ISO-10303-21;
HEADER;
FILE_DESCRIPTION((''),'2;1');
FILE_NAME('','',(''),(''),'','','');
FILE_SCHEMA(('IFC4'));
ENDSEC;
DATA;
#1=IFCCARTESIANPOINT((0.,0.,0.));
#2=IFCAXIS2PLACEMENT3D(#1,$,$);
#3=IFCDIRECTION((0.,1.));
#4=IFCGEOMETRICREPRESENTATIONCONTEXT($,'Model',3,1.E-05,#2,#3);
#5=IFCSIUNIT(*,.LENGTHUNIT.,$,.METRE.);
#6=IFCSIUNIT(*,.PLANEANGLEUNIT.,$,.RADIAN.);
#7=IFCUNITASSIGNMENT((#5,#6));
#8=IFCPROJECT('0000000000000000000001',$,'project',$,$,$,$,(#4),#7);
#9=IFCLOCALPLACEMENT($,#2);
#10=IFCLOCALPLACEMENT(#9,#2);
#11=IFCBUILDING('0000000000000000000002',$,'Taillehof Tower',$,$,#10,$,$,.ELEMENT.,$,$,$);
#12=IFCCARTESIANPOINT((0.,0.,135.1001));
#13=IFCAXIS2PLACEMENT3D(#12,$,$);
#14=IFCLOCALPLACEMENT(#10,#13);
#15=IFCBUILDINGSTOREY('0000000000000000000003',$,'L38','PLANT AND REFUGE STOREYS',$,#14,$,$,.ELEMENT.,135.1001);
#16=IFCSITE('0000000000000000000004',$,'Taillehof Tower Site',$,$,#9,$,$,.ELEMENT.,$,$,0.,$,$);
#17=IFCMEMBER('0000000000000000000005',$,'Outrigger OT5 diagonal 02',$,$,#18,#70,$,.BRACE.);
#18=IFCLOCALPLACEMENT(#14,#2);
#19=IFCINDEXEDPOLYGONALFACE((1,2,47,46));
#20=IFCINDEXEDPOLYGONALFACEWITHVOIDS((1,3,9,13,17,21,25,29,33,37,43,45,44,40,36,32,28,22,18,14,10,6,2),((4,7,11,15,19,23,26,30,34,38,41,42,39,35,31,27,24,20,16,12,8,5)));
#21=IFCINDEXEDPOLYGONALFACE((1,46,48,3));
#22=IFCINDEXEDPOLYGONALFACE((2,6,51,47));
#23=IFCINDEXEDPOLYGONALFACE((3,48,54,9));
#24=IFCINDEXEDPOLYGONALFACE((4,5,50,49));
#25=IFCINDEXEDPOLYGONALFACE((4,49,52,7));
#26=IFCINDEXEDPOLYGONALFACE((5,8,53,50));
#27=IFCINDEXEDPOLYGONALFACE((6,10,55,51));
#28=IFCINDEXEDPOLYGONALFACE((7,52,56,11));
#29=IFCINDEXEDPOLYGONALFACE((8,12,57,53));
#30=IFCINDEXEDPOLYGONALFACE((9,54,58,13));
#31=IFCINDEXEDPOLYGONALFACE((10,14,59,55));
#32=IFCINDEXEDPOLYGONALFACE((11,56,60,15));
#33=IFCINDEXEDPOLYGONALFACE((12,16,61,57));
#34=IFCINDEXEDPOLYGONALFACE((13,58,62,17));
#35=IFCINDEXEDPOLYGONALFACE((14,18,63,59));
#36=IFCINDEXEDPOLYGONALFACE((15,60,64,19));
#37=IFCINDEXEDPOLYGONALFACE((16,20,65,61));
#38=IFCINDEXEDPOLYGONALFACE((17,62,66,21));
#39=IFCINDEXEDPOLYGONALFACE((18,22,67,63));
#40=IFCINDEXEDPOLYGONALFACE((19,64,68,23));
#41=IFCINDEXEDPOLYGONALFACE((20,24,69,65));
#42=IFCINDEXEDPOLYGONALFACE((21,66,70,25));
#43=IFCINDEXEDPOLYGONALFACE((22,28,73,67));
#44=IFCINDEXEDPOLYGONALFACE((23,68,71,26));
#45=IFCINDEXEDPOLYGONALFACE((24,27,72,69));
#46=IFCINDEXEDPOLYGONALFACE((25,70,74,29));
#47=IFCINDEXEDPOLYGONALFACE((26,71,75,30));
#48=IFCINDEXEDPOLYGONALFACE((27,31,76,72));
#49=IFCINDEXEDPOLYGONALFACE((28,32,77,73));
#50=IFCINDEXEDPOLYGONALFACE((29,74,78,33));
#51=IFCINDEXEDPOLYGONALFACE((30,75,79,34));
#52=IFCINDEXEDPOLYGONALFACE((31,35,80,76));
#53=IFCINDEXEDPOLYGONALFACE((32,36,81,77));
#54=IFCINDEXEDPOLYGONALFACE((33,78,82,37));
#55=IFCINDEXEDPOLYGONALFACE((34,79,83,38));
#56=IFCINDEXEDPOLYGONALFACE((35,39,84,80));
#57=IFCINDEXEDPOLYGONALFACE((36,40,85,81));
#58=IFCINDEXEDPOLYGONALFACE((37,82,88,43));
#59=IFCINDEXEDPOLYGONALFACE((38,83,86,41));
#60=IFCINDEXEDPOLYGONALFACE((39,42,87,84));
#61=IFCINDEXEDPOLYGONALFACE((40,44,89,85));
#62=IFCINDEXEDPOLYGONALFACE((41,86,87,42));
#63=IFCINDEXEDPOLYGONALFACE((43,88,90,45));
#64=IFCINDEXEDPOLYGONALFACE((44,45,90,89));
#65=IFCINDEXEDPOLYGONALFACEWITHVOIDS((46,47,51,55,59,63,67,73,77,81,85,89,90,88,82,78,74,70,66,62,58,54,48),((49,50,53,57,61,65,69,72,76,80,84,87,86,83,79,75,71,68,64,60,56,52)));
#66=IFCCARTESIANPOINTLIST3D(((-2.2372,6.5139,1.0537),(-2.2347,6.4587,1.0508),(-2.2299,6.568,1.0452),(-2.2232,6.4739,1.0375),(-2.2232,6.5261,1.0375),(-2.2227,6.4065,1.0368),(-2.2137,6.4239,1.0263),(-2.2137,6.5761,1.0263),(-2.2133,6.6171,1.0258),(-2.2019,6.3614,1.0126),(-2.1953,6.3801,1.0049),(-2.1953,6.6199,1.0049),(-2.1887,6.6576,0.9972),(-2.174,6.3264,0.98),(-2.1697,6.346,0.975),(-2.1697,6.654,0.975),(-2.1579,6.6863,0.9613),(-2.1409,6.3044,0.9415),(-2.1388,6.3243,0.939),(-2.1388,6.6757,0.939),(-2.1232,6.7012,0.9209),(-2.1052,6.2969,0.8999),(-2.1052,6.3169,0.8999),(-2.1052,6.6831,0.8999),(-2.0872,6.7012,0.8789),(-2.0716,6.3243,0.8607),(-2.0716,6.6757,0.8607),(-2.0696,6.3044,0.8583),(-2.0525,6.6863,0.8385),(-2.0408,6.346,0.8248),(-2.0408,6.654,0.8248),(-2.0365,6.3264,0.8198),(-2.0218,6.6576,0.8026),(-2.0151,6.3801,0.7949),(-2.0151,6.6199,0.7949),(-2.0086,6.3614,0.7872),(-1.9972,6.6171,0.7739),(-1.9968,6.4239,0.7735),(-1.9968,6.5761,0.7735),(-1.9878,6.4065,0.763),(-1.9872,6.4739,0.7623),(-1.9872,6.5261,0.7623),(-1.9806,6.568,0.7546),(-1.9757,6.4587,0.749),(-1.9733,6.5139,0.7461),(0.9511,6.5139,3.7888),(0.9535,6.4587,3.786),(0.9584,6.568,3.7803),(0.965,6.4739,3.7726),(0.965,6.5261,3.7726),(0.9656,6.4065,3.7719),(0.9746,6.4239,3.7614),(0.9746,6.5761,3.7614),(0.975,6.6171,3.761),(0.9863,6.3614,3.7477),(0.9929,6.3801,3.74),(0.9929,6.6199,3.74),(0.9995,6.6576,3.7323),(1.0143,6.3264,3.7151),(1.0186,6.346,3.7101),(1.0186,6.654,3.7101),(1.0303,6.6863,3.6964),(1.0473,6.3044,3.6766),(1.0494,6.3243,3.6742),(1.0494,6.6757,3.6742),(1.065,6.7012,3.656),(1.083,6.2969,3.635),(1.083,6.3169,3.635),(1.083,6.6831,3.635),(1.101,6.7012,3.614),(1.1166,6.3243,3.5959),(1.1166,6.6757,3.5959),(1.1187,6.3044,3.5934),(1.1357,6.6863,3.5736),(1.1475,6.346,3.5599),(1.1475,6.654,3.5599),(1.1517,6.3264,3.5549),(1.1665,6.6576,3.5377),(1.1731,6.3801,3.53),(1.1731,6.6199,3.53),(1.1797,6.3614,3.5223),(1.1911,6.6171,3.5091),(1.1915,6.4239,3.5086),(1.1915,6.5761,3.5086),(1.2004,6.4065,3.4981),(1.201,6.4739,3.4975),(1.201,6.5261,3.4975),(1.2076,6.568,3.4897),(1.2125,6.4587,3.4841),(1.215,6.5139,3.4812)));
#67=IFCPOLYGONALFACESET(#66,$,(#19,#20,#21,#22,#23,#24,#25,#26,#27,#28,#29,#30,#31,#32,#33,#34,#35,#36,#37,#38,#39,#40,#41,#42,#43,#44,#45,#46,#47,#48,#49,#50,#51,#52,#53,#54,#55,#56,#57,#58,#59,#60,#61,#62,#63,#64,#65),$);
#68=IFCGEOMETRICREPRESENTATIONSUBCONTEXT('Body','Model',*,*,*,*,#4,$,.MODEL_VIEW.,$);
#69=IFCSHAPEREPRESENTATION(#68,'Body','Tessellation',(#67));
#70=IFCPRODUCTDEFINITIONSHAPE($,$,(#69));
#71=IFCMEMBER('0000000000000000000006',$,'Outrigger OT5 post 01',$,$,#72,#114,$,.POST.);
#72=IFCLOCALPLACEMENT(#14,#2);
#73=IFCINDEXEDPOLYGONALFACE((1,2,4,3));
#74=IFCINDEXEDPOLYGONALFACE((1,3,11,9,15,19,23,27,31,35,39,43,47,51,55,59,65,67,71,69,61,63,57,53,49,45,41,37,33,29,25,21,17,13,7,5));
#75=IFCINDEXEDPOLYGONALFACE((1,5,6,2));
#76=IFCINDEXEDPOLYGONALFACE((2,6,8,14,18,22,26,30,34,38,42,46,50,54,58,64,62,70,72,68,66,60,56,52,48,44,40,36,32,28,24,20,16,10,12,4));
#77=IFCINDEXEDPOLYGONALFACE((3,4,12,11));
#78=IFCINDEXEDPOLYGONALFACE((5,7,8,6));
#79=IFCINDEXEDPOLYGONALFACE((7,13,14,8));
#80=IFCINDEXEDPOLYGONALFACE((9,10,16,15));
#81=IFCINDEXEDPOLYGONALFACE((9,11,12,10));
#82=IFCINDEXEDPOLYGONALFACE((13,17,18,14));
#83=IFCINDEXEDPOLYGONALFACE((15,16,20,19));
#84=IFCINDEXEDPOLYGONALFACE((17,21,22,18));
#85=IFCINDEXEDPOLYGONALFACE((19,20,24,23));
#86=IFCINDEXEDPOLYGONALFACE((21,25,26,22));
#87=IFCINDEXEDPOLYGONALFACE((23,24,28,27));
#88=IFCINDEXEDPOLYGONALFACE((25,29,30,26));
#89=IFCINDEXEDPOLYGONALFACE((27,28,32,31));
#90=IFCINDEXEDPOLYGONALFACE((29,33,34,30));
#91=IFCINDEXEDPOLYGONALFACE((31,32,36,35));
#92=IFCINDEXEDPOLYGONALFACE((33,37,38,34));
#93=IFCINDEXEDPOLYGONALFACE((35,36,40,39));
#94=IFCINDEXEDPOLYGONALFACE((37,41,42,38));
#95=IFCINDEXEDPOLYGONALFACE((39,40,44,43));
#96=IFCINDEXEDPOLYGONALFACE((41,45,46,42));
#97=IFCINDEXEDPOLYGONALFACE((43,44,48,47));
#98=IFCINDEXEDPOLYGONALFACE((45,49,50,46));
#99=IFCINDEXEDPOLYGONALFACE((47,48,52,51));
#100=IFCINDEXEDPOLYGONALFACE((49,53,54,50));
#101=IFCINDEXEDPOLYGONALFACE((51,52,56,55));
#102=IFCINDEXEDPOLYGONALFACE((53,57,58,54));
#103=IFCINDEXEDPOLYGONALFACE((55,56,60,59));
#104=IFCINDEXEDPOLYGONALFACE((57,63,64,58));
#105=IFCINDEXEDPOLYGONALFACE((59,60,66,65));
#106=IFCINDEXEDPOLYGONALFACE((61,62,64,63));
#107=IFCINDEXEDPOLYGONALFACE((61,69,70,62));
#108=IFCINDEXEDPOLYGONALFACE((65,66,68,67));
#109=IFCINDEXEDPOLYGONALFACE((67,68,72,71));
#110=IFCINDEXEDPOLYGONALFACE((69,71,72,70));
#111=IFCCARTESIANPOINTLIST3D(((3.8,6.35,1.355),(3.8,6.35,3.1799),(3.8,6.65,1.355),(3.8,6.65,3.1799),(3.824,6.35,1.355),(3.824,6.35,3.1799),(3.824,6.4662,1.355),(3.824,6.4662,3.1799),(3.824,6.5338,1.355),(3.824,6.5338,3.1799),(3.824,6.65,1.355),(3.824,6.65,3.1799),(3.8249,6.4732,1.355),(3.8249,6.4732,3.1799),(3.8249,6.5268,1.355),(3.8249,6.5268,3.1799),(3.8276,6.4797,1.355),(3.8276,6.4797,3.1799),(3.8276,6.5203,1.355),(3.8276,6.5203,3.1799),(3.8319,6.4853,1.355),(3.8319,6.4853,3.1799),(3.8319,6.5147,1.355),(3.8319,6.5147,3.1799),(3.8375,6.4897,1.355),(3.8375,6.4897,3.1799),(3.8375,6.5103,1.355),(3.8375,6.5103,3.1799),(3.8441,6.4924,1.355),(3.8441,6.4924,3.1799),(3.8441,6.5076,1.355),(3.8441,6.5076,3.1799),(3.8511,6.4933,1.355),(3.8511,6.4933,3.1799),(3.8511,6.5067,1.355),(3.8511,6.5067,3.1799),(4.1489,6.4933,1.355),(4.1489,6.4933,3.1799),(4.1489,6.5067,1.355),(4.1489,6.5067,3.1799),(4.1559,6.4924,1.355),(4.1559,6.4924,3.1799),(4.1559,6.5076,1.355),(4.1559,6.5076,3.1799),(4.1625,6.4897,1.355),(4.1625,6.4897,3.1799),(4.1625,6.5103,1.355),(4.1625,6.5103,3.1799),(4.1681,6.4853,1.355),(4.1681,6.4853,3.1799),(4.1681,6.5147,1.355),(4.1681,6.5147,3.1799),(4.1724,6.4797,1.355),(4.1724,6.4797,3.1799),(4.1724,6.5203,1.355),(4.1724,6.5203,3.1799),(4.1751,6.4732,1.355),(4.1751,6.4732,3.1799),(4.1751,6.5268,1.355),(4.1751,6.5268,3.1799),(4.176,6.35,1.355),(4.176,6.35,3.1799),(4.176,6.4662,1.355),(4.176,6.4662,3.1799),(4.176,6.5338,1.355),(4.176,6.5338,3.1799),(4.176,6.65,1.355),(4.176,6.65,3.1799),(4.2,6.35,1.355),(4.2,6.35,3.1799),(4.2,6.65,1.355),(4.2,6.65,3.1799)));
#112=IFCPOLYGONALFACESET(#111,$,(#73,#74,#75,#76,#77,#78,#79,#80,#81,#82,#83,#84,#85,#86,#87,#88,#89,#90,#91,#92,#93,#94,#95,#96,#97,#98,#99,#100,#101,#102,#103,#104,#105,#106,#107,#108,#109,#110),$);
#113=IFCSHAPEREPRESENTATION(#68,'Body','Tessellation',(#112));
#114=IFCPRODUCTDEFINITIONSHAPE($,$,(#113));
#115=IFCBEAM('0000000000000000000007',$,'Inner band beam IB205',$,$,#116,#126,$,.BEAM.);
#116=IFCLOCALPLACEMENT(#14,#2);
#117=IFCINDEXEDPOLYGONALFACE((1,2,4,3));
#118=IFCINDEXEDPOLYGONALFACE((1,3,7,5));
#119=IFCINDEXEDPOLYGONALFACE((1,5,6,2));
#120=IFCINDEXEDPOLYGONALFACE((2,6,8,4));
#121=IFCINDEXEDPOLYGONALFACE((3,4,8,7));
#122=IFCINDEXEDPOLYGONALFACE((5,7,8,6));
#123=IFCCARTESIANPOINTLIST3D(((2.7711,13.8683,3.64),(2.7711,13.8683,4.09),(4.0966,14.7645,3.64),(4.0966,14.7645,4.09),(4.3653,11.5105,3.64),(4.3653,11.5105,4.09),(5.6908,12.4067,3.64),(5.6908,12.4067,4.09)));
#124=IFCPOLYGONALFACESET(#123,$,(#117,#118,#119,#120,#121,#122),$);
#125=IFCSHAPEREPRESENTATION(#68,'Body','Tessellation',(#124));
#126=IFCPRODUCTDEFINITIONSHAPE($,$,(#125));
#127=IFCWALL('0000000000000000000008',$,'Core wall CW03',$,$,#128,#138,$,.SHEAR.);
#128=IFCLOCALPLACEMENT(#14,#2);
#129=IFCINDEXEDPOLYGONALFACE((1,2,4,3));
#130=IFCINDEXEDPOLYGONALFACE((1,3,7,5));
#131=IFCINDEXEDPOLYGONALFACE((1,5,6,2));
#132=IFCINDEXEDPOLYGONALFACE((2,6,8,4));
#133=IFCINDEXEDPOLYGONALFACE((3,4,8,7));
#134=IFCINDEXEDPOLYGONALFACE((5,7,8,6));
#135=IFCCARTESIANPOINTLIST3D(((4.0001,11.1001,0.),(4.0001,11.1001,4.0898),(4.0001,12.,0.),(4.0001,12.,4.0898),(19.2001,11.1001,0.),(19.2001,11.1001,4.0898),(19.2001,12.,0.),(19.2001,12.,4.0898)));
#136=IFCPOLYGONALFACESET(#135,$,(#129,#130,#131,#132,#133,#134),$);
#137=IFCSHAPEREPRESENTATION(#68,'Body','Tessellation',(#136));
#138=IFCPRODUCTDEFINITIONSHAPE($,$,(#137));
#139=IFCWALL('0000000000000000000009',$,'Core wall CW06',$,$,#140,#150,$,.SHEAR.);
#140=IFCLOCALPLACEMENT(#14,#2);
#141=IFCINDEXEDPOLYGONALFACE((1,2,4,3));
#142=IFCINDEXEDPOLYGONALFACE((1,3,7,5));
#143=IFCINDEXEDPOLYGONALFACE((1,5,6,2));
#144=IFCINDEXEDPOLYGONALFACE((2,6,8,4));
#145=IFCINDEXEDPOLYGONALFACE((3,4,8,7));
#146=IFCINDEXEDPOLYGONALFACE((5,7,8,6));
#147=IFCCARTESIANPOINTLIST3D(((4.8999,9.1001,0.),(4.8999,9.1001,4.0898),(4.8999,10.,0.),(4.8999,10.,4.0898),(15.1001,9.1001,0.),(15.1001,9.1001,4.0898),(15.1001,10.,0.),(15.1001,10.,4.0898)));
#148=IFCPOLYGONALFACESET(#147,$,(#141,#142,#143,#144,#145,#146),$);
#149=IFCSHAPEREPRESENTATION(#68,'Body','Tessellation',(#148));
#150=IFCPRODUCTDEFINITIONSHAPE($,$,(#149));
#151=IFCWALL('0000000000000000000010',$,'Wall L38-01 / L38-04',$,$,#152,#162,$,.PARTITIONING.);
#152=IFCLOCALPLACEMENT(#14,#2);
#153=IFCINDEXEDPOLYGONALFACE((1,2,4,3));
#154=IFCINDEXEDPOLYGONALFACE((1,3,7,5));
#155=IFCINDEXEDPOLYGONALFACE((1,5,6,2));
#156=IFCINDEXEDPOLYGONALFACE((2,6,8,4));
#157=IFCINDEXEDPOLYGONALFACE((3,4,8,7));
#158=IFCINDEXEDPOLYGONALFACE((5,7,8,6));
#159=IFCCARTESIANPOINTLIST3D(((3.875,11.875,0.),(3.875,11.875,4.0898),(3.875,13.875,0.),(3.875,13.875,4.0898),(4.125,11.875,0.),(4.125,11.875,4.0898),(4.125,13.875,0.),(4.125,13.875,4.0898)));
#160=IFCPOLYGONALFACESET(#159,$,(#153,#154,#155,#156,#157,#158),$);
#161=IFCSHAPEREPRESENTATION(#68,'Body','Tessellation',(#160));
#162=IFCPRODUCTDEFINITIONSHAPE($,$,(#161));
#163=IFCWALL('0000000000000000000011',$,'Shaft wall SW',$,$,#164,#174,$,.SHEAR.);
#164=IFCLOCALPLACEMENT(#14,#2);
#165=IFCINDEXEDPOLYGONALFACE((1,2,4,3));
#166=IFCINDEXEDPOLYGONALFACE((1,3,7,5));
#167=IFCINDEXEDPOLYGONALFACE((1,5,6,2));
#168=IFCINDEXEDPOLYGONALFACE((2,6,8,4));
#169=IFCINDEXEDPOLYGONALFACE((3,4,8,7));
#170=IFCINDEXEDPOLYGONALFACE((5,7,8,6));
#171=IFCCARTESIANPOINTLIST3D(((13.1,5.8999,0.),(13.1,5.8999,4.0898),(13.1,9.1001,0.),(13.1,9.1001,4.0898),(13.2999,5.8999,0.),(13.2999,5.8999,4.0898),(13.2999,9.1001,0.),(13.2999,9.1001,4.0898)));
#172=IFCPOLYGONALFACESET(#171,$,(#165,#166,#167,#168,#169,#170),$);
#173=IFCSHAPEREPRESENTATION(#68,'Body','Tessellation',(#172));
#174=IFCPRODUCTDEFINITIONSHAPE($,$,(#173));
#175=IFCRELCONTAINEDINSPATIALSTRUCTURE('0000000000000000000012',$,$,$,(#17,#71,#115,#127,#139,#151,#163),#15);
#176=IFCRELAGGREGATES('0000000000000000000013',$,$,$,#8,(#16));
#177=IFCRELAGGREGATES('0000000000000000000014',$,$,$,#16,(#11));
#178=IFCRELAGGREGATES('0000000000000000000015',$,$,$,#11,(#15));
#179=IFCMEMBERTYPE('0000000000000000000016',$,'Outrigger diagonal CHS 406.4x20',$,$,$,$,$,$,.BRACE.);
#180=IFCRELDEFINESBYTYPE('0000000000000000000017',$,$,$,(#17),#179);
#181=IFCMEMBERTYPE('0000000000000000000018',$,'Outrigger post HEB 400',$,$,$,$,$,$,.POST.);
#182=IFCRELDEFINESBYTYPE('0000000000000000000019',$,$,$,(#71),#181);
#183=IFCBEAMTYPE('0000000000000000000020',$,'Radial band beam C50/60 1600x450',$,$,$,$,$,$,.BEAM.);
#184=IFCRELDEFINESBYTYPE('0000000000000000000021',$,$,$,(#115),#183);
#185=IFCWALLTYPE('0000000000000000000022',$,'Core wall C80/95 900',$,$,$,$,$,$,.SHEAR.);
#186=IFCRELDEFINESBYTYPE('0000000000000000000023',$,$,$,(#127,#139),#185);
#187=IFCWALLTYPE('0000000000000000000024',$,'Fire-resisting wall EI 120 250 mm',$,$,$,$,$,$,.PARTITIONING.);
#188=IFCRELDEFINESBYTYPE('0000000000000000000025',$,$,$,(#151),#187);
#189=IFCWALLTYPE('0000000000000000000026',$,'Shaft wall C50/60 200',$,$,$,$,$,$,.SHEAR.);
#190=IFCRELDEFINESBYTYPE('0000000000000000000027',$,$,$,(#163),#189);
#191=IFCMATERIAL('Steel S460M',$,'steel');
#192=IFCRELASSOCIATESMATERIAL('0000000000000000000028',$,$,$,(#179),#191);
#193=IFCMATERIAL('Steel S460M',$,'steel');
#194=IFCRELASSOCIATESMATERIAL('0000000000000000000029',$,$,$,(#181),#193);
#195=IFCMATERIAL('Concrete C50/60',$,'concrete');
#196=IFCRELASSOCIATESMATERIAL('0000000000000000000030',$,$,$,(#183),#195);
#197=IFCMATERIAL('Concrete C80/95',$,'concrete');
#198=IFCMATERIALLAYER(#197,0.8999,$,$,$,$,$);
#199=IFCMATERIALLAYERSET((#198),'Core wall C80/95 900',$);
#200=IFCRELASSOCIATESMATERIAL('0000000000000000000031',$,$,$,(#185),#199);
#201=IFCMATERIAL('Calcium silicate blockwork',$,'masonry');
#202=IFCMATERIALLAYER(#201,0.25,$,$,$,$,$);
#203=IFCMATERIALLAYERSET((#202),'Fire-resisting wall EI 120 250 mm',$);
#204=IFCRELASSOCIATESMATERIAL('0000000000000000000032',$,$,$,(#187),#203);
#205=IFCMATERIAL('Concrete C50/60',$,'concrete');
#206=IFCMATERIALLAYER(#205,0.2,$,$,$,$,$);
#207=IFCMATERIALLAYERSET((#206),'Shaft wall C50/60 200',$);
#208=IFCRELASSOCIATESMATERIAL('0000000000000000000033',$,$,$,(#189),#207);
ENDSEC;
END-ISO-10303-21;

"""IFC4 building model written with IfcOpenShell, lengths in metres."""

from ifc_helpers import new_model, si_unit, direction, frame, frame_2d, origin, origin_2d, place, context, subcontext, project, spatial, rectangle, hollow_circle, i_section, extrude, material, layer, layer_set, material_profile, profile_set, type_object, element, save


model = new_model("IFC4")

# Units and contexts
model_context = context("Model", 3, precision=1e-05, world=origin(), true_north=direction((0.0, 1.0)))
body_context = subcontext(model_context, "Body", "Model", "MODEL_VIEW")
ifc_project = project(units=[si_unit("LENGTHUNIT", "METRE"), si_unit("PLANEANGLEUNIT", "RADIAN")], contexts=[model_context])

# Site, building, storey
site_placement = place(None, origin())
site = spatial("IfcSite", under=ifc_project, at=site_placement, Name="Taillehof Tower Site", CompositionType="ELEMENT", RefElevation=0.0)
building_placement = place(site_placement, origin())
building = spatial("IfcBuilding", under=site, at=building_placement, Name="Taillehof Tower", CompositionType="ELEMENT")
storey_placement = place(building_placement, frame((0.0, 0.0, 135.1001)))
storey = spatial("IfcBuildingStorey", under=building, at=storey_placement, Name="L38", Description="PLANT AND REFUGE STOREYS", CompositionType="ELEMENT", Elevation=135.1001)

# Members
ifc_material_1 = material(Name="Steel S460M", Category="steel")
ifc_material_profile_1 = material_profile(ifc_material_1, hollow_circle(Radius=0.2031, WallThickness=0.02, at=origin_2d()), Name="CHS 406.4x20")
ifc_profile_set_1 = profile_set([ifc_material_profile_1], Name="Steel S460M")
member_type_1 = type_object("IfcMemberType", Name="Outrigger diagonal CHS 406.4x20", PredefinedType="BRACE", material=ifc_profile_set_1)
member_1_placement = place(storey_placement, frame((1.083, 6.5, 3.635), z_axis=(-0.758982, 0.0, -0.651112), x_axis=(0.0, -1.0, 0.0)))
element("IfcMember", 1, at=member_1_placement, inside=storey, type_object=member_type_1, Name="Outrigger OT5 diagonal 02", PredefinedType="BRACE", context=body_context, shape_type="SweptSolid", body=[
    extrude(hollow_circle(Radius=0.2031, WallThickness=0.02, at=origin_2d()), origin(), (0.0, 0.0, 1.0), 4.2007),
])
ifc_material_2 = material(Name="Steel S460M", Category="steel")
ifc_material_profile_2 = material_profile(ifc_material_2, i_section(OverallWidth=0.3, OverallDepth=0.3999, WebThickness=0.0134, FlangeThickness=0.0239, FilletRadius=0.0271, at=origin_2d()), Name="HEB 400")
ifc_profile_set_2 = profile_set([ifc_material_profile_2], Name="Steel S460M")
member_type_2 = type_object("IfcMemberType", Name="Outrigger post HEB 400", PredefinedType="POST", material=ifc_profile_set_2)
member_2_placement = place(storey_placement, frame((4.0, 6.5, 1.355), z_axis=(0.0, 0.0, 1.0), x_axis=(0.0, 1.0, 0.0)))
element("IfcMember", 2, at=member_2_placement, inside=storey, type_object=member_type_2, Name="Outrigger OT5 post 01", PredefinedType="POST", context=body_context, shape_type="SweptSolid", body=[
    extrude(i_section(OverallWidth=0.3, OverallDepth=0.3999, WebThickness=0.0134, FlangeThickness=0.0239, FilletRadius=0.0271, at=origin_2d()), origin(), (0.0, 0.0, 1.0), 1.825),
])

# Beam
ifc_material_3 = material(Name="Concrete C50/60", Category="concrete")
ifc_material_profile_3 = material_profile(ifc_material_3, rectangle(XDim=1.6001, YDim=0.45, at=origin_2d()), Name="RC 1600x450")
ifc_profile_set_3 = profile_set([ifc_material_profile_3], Name="Concrete C50/60")
beam_type_1 = type_object("IfcBeamType", Name="Radial band beam C50/60 1600x450", PredefinedType="BEAM", material=ifc_profile_set_3)
beam_1_placement = place(storey_placement, frame((3.4338, 14.3164, 3.865), z_axis=(0.560112, -0.828417, 0.0), x_axis=(0.828417, 0.560112, 0.0)))
element("IfcBeam", 3, at=beam_1_placement, inside=storey, type_object=beam_type_1, Name="Inner band beam IB205", PredefinedType="BEAM", context=body_context, shape_type="SweptSolid", body=[
    extrude(rectangle(XDim=1.6001, YDim=0.45, at=origin_2d()), origin(), (0.0, 0.0, 1.0), 2.8462),
])

# Walls
ifc_material_4 = material(Name="Concrete C80/95", Category="concrete")
ifc_layer_1 = layer(ifc_material_4, 0.8999)
ifc_layer_set_1 = layer_set([ifc_layer_1], Name="Core wall C80/95 900")
wall_type_1 = type_object("IfcWallType", Name="Core wall C80/95 900", PredefinedType="SHEAR", material=ifc_layer_set_1)
wall_1_placement = place(storey_placement, frame((4.0, 11.55, 0.0), z_axis=(0.0, 0.0, 1.0), x_axis=(1.0, 0.0, 0.0)))
element("IfcWall", 4, at=wall_1_placement, inside=storey, type_object=wall_type_1, Name="Core wall CW03", PredefinedType="SHEAR", context=body_context, shape_type="SweptSolid", body=[
    extrude(rectangle(XDim=15.2, YDim=0.8999, at=frame_2d((7.6001, 0.0))), origin(), (0.0, 0.0, 1.0), 4.0898),
])
wall_2_placement = place(storey_placement, frame((4.8999, 9.55, 0.0), z_axis=(0.0, 0.0, 1.0), x_axis=(1.0, 0.0, 0.0)))
element("IfcWall", 5, at=wall_2_placement, inside=storey, type_object=wall_type_1, Name="Core wall CW06", PredefinedType="SHEAR", context=body_context, shape_type="SweptSolid", body=[
    extrude(rectangle(XDim=10.2002, YDim=0.8999, at=frame_2d((5.1001, 0.0))), origin(), (0.0, 0.0, 1.0), 4.0898),
])
ifc_material_5 = material(Name="Calcium silicate blockwork", Category="masonry")
ifc_layer_2 = layer(ifc_material_5, 0.25)
ifc_layer_set_2 = layer_set([ifc_layer_2], Name="Fire-resisting wall EI 120 250 mm")
wall_type_2 = type_object("IfcWallType", Name="Fire-resisting wall EI 120 250 mm", PredefinedType="PARTITIONING", material=ifc_layer_set_2)
wall_3_placement = place(storey_placement, frame((4.0, 11.875, 0.0), z_axis=(0.0, 0.0, 1.0), x_axis=(0.0, 1.0, 0.0)))
element("IfcWall", 6, at=wall_3_placement, inside=storey, type_object=wall_type_2, Name="Wall L38-01 / L38-04", PredefinedType="PARTITIONING", context=body_context, shape_type="SweptSolid", body=[
    extrude(rectangle(XDim=2.0, YDim=0.25, at=frame_2d((1.0, 0.0))), origin(), (0.0, 0.0, 1.0), 4.0898),
])
ifc_material_6 = material(Name="Concrete C50/60", Category="concrete")
ifc_layer_3 = layer(ifc_material_6, 0.2)
ifc_layer_set_3 = layer_set([ifc_layer_3], Name="Shaft wall C50/60 200")
wall_type_3 = type_object("IfcWallType", Name="Shaft wall C50/60 200", PredefinedType="SHEAR", material=ifc_layer_set_3)
wall_4_placement = place(storey_placement, frame((13.2, 5.8999, 0.0), z_axis=(0.0, 0.0, 1.0), x_axis=(0.0, 1.0, 0.0)))
element("IfcWall", 7, at=wall_4_placement, inside=storey, type_object=wall_type_3, Name="Shaft wall SW", PredefinedType="SHEAR", context=body_context, shape_type="SweptSolid", body=[
    extrude(rectangle(XDim=3.2002, YDim=0.2, at=frame_2d((1.6001, 0.0))), origin(), (0.0, 0.0, 1.0), 4.0898),
])

save(model, "model.ifc")
